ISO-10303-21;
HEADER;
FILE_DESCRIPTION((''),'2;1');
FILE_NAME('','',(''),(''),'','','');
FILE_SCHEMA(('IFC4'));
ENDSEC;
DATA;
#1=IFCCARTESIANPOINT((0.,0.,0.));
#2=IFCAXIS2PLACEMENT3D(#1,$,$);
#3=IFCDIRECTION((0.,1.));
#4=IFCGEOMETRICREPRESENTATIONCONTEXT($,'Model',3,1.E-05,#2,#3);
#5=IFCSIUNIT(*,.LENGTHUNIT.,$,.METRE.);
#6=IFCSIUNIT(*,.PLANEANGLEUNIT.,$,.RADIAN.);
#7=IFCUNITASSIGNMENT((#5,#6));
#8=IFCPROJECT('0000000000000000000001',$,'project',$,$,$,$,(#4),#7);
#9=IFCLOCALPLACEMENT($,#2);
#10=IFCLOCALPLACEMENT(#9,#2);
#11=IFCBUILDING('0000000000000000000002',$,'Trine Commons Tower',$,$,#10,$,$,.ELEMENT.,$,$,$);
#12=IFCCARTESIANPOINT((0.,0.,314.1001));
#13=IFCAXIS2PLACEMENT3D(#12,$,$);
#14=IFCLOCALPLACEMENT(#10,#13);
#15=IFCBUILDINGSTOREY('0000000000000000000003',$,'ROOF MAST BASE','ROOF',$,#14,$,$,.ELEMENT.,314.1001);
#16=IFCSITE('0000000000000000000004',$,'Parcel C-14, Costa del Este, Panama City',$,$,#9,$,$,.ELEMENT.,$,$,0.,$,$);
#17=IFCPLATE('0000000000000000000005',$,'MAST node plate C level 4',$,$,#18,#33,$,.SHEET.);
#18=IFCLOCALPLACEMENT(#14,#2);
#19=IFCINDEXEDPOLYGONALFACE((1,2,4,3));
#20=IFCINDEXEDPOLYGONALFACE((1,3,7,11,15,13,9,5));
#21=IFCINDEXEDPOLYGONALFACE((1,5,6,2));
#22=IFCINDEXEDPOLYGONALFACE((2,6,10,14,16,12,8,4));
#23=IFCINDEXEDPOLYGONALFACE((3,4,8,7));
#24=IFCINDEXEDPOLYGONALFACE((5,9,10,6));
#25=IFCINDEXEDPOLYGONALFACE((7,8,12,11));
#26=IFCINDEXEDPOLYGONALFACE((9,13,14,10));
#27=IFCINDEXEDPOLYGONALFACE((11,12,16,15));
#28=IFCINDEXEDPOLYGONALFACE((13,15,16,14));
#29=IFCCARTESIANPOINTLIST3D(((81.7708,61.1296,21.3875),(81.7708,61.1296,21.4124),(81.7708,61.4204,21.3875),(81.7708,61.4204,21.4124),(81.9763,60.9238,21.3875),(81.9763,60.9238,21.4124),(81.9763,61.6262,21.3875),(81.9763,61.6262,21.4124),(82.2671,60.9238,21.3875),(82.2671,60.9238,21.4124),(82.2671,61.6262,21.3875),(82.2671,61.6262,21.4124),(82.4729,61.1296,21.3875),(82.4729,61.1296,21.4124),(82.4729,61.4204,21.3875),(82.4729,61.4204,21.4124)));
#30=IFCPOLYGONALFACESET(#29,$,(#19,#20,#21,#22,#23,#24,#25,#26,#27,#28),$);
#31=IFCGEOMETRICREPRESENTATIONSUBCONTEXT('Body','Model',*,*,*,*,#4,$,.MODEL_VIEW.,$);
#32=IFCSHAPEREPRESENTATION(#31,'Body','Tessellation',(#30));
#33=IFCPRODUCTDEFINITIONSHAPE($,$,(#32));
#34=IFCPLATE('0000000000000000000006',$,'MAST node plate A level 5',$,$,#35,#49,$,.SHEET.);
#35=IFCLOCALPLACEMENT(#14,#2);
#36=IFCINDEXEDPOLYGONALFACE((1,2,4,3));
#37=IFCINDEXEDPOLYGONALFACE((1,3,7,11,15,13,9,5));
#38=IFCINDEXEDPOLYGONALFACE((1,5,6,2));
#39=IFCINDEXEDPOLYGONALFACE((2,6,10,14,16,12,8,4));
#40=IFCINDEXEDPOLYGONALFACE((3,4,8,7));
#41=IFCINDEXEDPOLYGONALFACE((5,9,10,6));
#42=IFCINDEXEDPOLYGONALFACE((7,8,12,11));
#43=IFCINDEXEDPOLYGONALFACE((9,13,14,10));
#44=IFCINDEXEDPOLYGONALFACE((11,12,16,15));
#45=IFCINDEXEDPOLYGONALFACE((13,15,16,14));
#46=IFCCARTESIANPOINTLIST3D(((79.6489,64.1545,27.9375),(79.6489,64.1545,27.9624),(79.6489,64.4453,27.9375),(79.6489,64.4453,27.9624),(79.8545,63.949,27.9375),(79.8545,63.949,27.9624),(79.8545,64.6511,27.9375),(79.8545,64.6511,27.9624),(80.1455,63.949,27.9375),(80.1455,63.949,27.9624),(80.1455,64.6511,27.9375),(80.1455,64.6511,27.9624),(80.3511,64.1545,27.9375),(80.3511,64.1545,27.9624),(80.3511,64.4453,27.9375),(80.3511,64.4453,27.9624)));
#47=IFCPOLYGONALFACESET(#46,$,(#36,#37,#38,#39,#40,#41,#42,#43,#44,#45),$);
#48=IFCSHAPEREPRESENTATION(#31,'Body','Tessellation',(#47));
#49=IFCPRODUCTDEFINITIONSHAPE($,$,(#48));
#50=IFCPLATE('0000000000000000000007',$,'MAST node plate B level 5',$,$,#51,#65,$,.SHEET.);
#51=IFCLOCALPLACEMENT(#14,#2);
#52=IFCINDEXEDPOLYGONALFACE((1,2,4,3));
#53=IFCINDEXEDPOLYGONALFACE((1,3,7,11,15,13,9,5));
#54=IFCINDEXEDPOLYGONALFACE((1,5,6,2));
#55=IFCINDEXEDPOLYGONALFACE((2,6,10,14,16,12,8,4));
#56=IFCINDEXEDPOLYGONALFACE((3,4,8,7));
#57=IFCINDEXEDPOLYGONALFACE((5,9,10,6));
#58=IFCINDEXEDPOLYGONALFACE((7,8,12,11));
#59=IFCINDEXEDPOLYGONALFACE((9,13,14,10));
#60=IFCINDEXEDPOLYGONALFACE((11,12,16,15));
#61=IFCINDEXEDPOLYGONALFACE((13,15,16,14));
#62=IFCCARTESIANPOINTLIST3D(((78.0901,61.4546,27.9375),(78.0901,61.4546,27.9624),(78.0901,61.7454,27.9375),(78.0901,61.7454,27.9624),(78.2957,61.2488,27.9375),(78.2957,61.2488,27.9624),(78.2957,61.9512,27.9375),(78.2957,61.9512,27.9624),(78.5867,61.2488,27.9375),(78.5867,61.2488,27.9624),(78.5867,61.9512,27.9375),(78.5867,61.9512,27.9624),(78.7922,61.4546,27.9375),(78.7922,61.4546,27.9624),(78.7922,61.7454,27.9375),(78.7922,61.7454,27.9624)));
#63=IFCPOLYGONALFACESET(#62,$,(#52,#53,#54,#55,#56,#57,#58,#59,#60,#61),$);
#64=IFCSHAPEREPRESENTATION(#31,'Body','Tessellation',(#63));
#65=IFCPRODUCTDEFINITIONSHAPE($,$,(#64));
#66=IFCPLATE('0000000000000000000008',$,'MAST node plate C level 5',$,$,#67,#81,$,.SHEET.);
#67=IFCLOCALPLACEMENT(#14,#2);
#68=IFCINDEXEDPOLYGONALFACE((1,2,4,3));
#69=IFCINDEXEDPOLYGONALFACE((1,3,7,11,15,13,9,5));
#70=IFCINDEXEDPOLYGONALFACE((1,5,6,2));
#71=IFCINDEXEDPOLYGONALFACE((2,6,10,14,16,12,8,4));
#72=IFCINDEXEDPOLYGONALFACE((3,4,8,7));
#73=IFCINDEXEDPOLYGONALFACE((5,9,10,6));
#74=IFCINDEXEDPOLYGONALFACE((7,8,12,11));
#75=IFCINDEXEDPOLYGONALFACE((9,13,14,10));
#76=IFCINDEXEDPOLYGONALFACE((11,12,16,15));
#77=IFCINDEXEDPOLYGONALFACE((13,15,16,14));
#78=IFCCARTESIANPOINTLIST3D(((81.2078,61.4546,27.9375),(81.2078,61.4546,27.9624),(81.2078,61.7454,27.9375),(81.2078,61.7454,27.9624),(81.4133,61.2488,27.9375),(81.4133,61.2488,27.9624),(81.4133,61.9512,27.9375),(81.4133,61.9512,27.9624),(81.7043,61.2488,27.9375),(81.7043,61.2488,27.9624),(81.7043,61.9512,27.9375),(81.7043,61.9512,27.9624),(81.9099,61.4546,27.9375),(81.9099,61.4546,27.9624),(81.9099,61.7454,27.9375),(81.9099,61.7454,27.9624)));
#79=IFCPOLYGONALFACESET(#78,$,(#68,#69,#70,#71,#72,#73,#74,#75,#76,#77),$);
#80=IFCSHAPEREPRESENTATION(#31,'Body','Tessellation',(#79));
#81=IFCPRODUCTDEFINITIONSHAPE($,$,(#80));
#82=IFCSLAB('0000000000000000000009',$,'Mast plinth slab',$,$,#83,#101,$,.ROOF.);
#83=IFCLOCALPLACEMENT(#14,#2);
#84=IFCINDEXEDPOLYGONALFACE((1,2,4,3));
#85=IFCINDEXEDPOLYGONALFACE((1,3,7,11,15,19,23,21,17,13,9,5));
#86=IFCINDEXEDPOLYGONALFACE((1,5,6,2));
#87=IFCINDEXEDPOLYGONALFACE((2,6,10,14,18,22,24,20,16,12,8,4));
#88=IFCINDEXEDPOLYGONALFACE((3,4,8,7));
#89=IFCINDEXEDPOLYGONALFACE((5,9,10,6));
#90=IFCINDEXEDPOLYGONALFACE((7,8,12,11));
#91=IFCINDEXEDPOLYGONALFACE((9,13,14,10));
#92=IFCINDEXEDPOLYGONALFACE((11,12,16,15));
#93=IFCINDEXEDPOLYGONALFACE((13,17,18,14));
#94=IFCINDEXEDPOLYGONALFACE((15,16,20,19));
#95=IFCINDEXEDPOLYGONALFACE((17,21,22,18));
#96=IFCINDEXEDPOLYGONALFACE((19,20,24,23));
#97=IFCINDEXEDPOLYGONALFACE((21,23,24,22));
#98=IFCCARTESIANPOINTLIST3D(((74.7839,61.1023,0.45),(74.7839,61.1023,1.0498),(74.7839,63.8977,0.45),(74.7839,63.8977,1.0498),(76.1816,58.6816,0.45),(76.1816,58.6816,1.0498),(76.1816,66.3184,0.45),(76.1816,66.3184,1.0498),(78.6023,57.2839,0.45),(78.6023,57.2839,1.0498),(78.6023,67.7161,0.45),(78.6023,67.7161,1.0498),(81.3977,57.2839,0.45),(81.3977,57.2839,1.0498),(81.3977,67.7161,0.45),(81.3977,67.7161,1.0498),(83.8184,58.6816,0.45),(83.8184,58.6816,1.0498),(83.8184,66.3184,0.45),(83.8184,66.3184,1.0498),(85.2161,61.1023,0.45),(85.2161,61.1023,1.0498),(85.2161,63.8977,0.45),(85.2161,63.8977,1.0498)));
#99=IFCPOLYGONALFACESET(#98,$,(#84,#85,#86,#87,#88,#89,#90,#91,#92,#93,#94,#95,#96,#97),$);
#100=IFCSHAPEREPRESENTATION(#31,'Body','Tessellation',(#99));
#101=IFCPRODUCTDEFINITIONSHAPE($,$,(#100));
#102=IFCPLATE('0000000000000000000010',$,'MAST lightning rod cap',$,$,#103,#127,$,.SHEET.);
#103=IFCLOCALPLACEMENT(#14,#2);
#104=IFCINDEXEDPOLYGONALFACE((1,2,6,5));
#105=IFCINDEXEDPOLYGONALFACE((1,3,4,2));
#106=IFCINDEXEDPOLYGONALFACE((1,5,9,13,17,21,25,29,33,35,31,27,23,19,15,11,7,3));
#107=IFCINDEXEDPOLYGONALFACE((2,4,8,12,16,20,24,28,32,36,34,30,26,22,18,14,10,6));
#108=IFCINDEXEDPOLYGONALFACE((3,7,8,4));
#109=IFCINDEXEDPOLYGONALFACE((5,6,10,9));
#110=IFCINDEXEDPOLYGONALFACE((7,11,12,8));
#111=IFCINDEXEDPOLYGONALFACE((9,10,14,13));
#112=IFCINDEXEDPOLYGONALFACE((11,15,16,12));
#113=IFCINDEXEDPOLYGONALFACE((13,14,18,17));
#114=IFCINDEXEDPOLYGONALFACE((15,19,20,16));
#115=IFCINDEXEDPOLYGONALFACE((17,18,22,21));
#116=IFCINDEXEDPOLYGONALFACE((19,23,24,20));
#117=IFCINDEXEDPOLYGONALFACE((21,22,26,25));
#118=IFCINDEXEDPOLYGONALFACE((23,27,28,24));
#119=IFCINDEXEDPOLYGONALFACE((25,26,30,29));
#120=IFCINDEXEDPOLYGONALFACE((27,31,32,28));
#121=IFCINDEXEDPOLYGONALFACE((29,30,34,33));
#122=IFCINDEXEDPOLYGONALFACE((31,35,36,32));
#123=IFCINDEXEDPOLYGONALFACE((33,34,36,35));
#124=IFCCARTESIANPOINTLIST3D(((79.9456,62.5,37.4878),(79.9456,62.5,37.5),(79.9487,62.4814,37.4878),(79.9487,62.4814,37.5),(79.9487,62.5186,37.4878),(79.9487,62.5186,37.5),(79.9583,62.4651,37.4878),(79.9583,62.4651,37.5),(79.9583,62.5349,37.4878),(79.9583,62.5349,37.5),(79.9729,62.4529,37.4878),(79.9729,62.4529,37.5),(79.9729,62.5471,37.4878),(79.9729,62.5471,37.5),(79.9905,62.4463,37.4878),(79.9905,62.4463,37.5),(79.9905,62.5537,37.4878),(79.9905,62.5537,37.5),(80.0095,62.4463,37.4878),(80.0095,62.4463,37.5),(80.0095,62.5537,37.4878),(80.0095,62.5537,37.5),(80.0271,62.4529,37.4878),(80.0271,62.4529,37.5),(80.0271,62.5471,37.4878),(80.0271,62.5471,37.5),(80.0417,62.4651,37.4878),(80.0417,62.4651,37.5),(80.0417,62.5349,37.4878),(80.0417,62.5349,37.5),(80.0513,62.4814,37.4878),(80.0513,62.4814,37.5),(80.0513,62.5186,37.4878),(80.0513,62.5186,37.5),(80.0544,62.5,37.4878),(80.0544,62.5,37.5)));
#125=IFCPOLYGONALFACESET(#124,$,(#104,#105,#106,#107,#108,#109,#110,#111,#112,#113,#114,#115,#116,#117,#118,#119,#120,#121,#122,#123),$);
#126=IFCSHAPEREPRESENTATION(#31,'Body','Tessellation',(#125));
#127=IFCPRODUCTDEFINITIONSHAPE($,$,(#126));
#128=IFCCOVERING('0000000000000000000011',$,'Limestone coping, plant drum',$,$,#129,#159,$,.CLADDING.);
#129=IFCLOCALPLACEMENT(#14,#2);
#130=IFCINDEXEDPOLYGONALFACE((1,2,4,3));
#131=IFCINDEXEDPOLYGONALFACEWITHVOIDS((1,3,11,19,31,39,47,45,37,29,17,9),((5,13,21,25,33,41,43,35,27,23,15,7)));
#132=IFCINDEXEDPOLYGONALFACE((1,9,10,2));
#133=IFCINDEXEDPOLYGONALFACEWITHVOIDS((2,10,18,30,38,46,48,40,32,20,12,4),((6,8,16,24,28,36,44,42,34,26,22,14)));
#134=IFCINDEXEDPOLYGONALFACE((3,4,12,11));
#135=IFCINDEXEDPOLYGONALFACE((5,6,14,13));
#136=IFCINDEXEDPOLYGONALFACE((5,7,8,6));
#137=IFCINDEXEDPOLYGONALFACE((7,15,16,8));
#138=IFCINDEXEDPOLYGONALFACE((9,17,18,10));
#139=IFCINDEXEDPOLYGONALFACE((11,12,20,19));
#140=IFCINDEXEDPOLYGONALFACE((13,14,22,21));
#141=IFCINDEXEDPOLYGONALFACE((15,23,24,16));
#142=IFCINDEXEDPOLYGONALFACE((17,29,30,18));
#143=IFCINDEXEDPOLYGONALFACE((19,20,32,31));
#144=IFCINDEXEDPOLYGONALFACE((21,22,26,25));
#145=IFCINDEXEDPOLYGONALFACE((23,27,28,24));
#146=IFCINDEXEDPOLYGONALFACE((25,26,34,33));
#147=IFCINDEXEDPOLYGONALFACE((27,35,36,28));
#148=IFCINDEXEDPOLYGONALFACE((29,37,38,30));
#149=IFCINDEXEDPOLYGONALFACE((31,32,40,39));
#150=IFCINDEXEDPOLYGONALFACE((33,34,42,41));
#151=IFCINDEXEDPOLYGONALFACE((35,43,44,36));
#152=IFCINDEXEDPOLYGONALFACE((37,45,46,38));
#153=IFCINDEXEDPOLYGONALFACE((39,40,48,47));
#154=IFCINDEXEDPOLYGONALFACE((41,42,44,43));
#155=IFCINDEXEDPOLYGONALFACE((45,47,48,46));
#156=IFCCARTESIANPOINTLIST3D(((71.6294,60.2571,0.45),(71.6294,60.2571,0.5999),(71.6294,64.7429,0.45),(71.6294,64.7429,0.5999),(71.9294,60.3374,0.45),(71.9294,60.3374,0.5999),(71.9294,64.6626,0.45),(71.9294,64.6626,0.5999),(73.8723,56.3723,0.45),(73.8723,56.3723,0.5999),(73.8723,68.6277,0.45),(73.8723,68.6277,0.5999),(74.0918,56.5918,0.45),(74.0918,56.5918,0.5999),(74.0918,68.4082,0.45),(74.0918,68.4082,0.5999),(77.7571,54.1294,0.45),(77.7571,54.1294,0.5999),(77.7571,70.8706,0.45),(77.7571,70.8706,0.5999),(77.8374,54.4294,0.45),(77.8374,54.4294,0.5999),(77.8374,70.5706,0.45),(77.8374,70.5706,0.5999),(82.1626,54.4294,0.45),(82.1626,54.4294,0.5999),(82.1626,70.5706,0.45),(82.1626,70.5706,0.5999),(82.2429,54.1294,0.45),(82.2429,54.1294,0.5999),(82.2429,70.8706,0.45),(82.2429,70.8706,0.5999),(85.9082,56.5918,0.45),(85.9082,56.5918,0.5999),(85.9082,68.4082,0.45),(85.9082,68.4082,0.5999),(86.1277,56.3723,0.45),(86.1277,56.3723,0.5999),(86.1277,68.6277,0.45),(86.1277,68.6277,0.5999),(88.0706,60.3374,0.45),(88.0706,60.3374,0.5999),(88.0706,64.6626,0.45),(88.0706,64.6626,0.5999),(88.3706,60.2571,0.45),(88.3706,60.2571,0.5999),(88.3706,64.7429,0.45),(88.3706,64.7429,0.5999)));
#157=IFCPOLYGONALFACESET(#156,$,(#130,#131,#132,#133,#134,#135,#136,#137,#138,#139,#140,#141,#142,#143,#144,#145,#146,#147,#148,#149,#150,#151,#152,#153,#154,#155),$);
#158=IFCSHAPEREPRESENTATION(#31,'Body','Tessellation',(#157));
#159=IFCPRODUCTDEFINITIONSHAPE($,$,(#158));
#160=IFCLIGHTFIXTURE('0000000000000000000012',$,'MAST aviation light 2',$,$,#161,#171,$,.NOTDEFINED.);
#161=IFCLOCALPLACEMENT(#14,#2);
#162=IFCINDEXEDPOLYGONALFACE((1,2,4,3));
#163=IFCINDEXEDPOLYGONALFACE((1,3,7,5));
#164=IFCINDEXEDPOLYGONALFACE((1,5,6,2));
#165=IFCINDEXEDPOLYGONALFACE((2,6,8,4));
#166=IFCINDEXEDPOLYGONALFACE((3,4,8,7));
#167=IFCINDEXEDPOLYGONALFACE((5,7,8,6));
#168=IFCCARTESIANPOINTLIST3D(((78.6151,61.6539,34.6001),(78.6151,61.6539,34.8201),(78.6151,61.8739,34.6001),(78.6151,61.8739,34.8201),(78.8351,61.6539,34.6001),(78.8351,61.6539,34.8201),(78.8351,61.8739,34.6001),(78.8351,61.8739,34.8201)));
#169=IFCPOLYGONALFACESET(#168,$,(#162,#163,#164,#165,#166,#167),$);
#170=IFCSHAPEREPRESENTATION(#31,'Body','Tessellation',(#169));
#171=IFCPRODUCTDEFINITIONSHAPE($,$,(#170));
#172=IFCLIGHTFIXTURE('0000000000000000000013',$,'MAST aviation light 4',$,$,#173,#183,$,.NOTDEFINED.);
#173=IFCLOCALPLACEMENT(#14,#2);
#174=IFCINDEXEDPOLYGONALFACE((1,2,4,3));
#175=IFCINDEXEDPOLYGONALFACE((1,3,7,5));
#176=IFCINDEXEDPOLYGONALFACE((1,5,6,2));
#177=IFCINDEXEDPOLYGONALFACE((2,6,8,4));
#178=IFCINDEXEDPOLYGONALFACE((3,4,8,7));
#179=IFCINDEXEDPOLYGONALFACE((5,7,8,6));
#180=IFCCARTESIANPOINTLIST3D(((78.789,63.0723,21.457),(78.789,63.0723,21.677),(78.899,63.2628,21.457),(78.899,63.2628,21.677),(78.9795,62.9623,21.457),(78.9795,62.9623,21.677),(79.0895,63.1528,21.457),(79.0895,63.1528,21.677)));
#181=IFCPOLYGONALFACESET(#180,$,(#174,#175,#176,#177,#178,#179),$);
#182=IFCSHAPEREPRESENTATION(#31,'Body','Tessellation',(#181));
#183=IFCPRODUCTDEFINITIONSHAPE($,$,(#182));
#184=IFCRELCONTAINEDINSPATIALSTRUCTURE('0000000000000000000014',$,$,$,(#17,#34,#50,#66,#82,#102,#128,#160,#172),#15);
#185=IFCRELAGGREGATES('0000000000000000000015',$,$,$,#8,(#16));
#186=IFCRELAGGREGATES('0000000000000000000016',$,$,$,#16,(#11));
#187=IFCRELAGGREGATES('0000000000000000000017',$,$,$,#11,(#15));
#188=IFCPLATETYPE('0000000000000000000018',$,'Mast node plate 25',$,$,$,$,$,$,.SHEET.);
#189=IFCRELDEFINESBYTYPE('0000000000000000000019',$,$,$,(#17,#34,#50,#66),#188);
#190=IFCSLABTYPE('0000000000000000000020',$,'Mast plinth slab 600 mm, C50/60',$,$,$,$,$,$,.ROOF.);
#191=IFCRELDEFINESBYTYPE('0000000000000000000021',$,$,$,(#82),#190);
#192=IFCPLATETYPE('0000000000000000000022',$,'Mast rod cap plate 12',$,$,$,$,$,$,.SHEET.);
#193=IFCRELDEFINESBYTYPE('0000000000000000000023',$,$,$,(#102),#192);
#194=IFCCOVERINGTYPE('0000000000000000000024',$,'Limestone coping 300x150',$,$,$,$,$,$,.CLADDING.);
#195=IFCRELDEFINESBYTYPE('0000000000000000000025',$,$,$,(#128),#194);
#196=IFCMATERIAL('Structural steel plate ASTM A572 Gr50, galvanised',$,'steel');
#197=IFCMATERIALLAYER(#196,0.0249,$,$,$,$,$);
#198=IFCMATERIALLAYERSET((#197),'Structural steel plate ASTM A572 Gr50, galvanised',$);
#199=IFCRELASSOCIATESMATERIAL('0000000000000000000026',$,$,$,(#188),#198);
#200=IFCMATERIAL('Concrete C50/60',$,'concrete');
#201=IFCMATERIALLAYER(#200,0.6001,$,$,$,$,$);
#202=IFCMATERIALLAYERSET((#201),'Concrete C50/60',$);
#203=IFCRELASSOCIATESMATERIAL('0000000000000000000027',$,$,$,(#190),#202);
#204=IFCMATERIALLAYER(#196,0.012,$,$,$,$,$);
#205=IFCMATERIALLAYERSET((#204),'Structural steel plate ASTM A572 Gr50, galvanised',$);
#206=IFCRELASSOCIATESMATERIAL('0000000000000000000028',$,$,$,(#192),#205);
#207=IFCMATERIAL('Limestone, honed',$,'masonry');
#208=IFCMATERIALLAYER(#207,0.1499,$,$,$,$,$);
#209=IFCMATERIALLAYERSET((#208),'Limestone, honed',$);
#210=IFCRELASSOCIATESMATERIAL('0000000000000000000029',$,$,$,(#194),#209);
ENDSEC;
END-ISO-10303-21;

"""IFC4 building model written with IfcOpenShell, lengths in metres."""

from ifc_helpers import new_model, si_unit, direction, frame, origin, origin_2d, place, context, subcontext, project, spatial, polyline, rectangle, outline, extrude, material, layer, layer_set, type_object, element, save


model = new_model("IFC4")

# Units and contexts
model_context = context("Model", 3, precision=1e-05, world=origin(), true_north=direction((0.0, 1.0)))
body_context = subcontext(model_context, "Body", "Model", "MODEL_VIEW")
ifc_project = project(units=[si_unit("LENGTHUNIT", "METRE"), si_unit("PLANEANGLEUNIT", "RADIAN")], contexts=[model_context])

# Site, building, storey
site_placement = place(None, origin())
site = spatial("IfcSite", under=ifc_project, at=site_placement, Name="Parcel C-14, Costa del Este, Panama City", CompositionType="ELEMENT", RefElevation=0.0)
building_placement = place(site_placement, origin())
building = spatial("IfcBuilding", under=site, at=building_placement, Name="Trine Commons Tower", CompositionType="ELEMENT")
storey_placement = place(building_placement, frame((0.0, 0.0, 314.1001)))
storey = spatial("IfcBuildingStorey", under=building, at=storey_placement, Name="ROOF MAST BASE", Description="ROOF", CompositionType="ELEMENT", Elevation=314.1001)

# Shared definitions
ifc_material_1 = material(Name="Concrete C50/60", Category="concrete")

# Plates
ifc_material_2 = material(Name="Structural steel plate ASTM A572 Gr50, galvanised", Category="steel")
ifc_layer_1 = layer(ifc_material_2, 0.0249)
ifc_layer_set_1 = layer_set([ifc_layer_1], Name="Structural steel plate ASTM A572 Gr50, galvanised")
plate_type_1 = type_object("IfcPlateType", Name="Mast node plate 25", PredefinedType="SHEET", material=ifc_layer_set_1)
plate_1_placement = place(storey_placement, frame((0.0, 0.0, 21.3875)))
element("IfcPlate", 1, at=plate_1_placement, inside=storey, type_object=plate_type_1, Name="MAST node plate C level 4", PredefinedType="SHEET", context=body_context, shape_type="SweptSolid", body=[
    extrude(outline(polyline([(82.4729, 61.4204), (82.2671, 61.6262), (81.9763, 61.6262), (81.7708, 61.4204), (81.7708, 61.1296), (81.9763, 60.9238), (82.2671, 60.9238), (82.4729, 61.1296), (82.4729, 61.4204)])), origin(), (0.0, 0.0, 1.0), 0.0249),
])
plate_2_placement = place(storey_placement, frame((0.0, 0.0, 27.9375)))
element("IfcPlate", 2, at=plate_2_placement, inside=storey, type_object=plate_type_1, Name="MAST node plate A level 5", PredefinedType="SHEET", context=body_context, shape_type="SweptSolid", body=[
    extrude(outline(polyline([(80.3511, 64.4453), (80.1455, 64.6511), (79.8545, 64.6511), (79.6489, 64.4453), (79.6489, 64.1545), (79.8545, 63.949), (80.1455, 63.949), (80.3511, 64.1545), (80.3511, 64.4453)])), origin(), (0.0, 0.0, 1.0), 0.0249),
])
plate_3_placement = place(storey_placement, frame((0.0, 0.0, 27.9375)))
element("IfcPlate", 3, at=plate_3_placement, inside=storey, type_object=plate_type_1, Name="MAST node plate B level 5", PredefinedType="SHEET", context=body_context, shape_type="SweptSolid", body=[
    extrude(outline(polyline([(78.7922, 61.7454), (78.5867, 61.9512), (78.2957, 61.9512), (78.0901, 61.7454), (78.0901, 61.4546), (78.2957, 61.2488), (78.5867, 61.2488), (78.7922, 61.4546), (78.7922, 61.7454)])), origin(), (0.0, 0.0, 1.0), 0.0249),
])
plate_4_placement = place(storey_placement, frame((0.0, 0.0, 27.9375)))
element("IfcPlate", 4, at=plate_4_placement, inside=storey, type_object=plate_type_1, Name="MAST node plate C level 5", PredefinedType="SHEET", context=body_context, shape_type="SweptSolid", body=[
    extrude(outline(polyline([(81.9099, 61.7454), (81.7043, 61.9512), (81.4133, 61.9512), (81.2078, 61.7454), (81.2078, 61.4546), (81.4133, 61.2488), (81.7043, 61.2488), (81.9099, 61.4546), (81.9099, 61.7454)])), origin(), (0.0, 0.0, 1.0), 0.0249),
])

# Slab
ifc_layer_2 = layer(ifc_material_1, 0.6001)
ifc_layer_set_2 = layer_set([ifc_layer_2], Name="Concrete C50/60")
slab_type_1 = type_object("IfcSlabType", Name="Mast plinth slab 600 mm, C50/60", PredefinedType="ROOF", material=ifc_layer_set_2)
slab_1_placement = place(storey_placement, frame((0.0, 0.0, 0.45)))
element("IfcSlab", 5, at=slab_1_placement, inside=storey, type_object=slab_type_1, Name="Mast plinth slab", PredefinedType="ROOF", context=body_context, shape_type="SweptSolid", body=[
    extrude(outline(polyline([(85.2161, 63.8977), (83.8184, 66.3184), (81.3977, 67.7161), (78.6023, 67.7161), (76.1816, 66.3184), (74.7839, 63.8977), (74.7839, 61.1023), (76.1816, 58.6816), (78.6023, 57.2839), (81.3977, 57.2839), (83.8184, 58.6816), (85.2161, 61.1023), (85.2161, 63.8977)])), origin(), (0.0, 0.0, 1.0), 0.5999),
])

# Plate
ifc_layer_3 = layer(ifc_material_2, 0.012)
ifc_layer_set_3 = layer_set([ifc_layer_3], Name="Structural steel plate ASTM A572 Gr50, galvanised")
plate_type_2 = type_object("IfcPlateType", Name="Mast rod cap plate 12", PredefinedType="SHEET", material=ifc_layer_set_3)
plate_5_placement = place(storey_placement, frame((0.0, 0.0, 37.4878)))
element("IfcPlate", 6, at=plate_5_placement, inside=storey, type_object=plate_type_2, Name="MAST lightning rod cap", PredefinedType="SHEET", context=body_context, shape_type="SweptSolid", body=[
    extrude(outline(polyline([(80.0544, 62.5), (80.0513, 62.5186), (80.0417, 62.5349), (80.0271, 62.5471), (80.0095, 62.5537), (79.9905, 62.5537), (79.9729, 62.5471), (79.9583, 62.5349), (79.9487, 62.5186), (79.9456, 62.5), (79.9487, 62.4814), (79.9583, 62.4651), (79.9729, 62.4529), (79.9905, 62.4463), (80.0095, 62.4463), (80.0271, 62.4529), (80.0417, 62.4651), (80.0513, 62.4814), (80.0544, 62.5)])), origin(), (0.0, 0.0, 1.0), 0.0122),
])

# Covering
ifc_material_3 = material(Name="Limestone, honed", Category="masonry")
ifc_layer_4 = layer(ifc_material_3, 0.1499)
ifc_layer_set_4 = layer_set([ifc_layer_4], Name="Limestone, honed")
covering_type = type_object("IfcCoveringType", Name="Limestone coping 300x150", PredefinedType="CLADDING", material=ifc_layer_set_4)
covering_placement = place(storey_placement, frame((0.0, 0.0, 0.45)))
element("IfcCovering", 7, at=covering_placement, inside=storey, type_object=covering_type, Name="Limestone coping, plant drum", PredefinedType="CLADDING", context=body_context, shape_type="SweptSolid", body=[
    extrude(outline(polyline([(88.3706, 64.7429), (86.1277, 68.6277), (82.2429, 70.8706), (77.7571, 70.8706), (73.8723, 68.6277), (71.6294, 64.7429), (71.6294, 60.2571), (73.8723, 56.3723), (77.7571, 54.1294), (82.2429, 54.1294), (86.1277, 56.3723), (88.3706, 60.2571), (88.3706, 64.7429)]), holes=[polyline([(88.0706, 64.6626), (85.9082, 68.4082), (82.1626, 70.5706), (77.8374, 70.5706), (74.0918, 68.4082), (71.9294, 64.6626), (71.9294, 60.3374), (74.0918, 56.5918), (77.8374, 54.4294), (82.1626, 54.4294), (85.9082, 56.5918), (88.0706, 60.3374), (88.0706, 64.6626)])]), origin(), (0.0, 0.0, 1.0), 0.1499),
])

# Light fixtures
for number, where, z_axis, x_axis, name in (
    (8, (78.7251, 61.7639, 34.6001), (0.0, 0.0, 1.0), (1.0, 0.0, 0.0), "MAST aviation light 2"),
    (9, (78.9392, 63.1125, 21.457), (0.0, 0.0, 1.0), (-0.5, -0.866025, 0.0), "MAST aviation light 4"),
):
    element("IfcLightFixture", number, at=place(storey_placement, frame(where, z_axis=z_axis, x_axis=x_axis)), inside=storey, Name=name, PredefinedType="NOTDEFINED", context=body_context, shape_type="SweptSolid", body=[
        extrude(rectangle(XDim=0.22, YDim=0.22, at=origin_2d()), origin(), (0.0, 0.0, 1.0), 0.22),
    ])

save(model, "model.ifc")
